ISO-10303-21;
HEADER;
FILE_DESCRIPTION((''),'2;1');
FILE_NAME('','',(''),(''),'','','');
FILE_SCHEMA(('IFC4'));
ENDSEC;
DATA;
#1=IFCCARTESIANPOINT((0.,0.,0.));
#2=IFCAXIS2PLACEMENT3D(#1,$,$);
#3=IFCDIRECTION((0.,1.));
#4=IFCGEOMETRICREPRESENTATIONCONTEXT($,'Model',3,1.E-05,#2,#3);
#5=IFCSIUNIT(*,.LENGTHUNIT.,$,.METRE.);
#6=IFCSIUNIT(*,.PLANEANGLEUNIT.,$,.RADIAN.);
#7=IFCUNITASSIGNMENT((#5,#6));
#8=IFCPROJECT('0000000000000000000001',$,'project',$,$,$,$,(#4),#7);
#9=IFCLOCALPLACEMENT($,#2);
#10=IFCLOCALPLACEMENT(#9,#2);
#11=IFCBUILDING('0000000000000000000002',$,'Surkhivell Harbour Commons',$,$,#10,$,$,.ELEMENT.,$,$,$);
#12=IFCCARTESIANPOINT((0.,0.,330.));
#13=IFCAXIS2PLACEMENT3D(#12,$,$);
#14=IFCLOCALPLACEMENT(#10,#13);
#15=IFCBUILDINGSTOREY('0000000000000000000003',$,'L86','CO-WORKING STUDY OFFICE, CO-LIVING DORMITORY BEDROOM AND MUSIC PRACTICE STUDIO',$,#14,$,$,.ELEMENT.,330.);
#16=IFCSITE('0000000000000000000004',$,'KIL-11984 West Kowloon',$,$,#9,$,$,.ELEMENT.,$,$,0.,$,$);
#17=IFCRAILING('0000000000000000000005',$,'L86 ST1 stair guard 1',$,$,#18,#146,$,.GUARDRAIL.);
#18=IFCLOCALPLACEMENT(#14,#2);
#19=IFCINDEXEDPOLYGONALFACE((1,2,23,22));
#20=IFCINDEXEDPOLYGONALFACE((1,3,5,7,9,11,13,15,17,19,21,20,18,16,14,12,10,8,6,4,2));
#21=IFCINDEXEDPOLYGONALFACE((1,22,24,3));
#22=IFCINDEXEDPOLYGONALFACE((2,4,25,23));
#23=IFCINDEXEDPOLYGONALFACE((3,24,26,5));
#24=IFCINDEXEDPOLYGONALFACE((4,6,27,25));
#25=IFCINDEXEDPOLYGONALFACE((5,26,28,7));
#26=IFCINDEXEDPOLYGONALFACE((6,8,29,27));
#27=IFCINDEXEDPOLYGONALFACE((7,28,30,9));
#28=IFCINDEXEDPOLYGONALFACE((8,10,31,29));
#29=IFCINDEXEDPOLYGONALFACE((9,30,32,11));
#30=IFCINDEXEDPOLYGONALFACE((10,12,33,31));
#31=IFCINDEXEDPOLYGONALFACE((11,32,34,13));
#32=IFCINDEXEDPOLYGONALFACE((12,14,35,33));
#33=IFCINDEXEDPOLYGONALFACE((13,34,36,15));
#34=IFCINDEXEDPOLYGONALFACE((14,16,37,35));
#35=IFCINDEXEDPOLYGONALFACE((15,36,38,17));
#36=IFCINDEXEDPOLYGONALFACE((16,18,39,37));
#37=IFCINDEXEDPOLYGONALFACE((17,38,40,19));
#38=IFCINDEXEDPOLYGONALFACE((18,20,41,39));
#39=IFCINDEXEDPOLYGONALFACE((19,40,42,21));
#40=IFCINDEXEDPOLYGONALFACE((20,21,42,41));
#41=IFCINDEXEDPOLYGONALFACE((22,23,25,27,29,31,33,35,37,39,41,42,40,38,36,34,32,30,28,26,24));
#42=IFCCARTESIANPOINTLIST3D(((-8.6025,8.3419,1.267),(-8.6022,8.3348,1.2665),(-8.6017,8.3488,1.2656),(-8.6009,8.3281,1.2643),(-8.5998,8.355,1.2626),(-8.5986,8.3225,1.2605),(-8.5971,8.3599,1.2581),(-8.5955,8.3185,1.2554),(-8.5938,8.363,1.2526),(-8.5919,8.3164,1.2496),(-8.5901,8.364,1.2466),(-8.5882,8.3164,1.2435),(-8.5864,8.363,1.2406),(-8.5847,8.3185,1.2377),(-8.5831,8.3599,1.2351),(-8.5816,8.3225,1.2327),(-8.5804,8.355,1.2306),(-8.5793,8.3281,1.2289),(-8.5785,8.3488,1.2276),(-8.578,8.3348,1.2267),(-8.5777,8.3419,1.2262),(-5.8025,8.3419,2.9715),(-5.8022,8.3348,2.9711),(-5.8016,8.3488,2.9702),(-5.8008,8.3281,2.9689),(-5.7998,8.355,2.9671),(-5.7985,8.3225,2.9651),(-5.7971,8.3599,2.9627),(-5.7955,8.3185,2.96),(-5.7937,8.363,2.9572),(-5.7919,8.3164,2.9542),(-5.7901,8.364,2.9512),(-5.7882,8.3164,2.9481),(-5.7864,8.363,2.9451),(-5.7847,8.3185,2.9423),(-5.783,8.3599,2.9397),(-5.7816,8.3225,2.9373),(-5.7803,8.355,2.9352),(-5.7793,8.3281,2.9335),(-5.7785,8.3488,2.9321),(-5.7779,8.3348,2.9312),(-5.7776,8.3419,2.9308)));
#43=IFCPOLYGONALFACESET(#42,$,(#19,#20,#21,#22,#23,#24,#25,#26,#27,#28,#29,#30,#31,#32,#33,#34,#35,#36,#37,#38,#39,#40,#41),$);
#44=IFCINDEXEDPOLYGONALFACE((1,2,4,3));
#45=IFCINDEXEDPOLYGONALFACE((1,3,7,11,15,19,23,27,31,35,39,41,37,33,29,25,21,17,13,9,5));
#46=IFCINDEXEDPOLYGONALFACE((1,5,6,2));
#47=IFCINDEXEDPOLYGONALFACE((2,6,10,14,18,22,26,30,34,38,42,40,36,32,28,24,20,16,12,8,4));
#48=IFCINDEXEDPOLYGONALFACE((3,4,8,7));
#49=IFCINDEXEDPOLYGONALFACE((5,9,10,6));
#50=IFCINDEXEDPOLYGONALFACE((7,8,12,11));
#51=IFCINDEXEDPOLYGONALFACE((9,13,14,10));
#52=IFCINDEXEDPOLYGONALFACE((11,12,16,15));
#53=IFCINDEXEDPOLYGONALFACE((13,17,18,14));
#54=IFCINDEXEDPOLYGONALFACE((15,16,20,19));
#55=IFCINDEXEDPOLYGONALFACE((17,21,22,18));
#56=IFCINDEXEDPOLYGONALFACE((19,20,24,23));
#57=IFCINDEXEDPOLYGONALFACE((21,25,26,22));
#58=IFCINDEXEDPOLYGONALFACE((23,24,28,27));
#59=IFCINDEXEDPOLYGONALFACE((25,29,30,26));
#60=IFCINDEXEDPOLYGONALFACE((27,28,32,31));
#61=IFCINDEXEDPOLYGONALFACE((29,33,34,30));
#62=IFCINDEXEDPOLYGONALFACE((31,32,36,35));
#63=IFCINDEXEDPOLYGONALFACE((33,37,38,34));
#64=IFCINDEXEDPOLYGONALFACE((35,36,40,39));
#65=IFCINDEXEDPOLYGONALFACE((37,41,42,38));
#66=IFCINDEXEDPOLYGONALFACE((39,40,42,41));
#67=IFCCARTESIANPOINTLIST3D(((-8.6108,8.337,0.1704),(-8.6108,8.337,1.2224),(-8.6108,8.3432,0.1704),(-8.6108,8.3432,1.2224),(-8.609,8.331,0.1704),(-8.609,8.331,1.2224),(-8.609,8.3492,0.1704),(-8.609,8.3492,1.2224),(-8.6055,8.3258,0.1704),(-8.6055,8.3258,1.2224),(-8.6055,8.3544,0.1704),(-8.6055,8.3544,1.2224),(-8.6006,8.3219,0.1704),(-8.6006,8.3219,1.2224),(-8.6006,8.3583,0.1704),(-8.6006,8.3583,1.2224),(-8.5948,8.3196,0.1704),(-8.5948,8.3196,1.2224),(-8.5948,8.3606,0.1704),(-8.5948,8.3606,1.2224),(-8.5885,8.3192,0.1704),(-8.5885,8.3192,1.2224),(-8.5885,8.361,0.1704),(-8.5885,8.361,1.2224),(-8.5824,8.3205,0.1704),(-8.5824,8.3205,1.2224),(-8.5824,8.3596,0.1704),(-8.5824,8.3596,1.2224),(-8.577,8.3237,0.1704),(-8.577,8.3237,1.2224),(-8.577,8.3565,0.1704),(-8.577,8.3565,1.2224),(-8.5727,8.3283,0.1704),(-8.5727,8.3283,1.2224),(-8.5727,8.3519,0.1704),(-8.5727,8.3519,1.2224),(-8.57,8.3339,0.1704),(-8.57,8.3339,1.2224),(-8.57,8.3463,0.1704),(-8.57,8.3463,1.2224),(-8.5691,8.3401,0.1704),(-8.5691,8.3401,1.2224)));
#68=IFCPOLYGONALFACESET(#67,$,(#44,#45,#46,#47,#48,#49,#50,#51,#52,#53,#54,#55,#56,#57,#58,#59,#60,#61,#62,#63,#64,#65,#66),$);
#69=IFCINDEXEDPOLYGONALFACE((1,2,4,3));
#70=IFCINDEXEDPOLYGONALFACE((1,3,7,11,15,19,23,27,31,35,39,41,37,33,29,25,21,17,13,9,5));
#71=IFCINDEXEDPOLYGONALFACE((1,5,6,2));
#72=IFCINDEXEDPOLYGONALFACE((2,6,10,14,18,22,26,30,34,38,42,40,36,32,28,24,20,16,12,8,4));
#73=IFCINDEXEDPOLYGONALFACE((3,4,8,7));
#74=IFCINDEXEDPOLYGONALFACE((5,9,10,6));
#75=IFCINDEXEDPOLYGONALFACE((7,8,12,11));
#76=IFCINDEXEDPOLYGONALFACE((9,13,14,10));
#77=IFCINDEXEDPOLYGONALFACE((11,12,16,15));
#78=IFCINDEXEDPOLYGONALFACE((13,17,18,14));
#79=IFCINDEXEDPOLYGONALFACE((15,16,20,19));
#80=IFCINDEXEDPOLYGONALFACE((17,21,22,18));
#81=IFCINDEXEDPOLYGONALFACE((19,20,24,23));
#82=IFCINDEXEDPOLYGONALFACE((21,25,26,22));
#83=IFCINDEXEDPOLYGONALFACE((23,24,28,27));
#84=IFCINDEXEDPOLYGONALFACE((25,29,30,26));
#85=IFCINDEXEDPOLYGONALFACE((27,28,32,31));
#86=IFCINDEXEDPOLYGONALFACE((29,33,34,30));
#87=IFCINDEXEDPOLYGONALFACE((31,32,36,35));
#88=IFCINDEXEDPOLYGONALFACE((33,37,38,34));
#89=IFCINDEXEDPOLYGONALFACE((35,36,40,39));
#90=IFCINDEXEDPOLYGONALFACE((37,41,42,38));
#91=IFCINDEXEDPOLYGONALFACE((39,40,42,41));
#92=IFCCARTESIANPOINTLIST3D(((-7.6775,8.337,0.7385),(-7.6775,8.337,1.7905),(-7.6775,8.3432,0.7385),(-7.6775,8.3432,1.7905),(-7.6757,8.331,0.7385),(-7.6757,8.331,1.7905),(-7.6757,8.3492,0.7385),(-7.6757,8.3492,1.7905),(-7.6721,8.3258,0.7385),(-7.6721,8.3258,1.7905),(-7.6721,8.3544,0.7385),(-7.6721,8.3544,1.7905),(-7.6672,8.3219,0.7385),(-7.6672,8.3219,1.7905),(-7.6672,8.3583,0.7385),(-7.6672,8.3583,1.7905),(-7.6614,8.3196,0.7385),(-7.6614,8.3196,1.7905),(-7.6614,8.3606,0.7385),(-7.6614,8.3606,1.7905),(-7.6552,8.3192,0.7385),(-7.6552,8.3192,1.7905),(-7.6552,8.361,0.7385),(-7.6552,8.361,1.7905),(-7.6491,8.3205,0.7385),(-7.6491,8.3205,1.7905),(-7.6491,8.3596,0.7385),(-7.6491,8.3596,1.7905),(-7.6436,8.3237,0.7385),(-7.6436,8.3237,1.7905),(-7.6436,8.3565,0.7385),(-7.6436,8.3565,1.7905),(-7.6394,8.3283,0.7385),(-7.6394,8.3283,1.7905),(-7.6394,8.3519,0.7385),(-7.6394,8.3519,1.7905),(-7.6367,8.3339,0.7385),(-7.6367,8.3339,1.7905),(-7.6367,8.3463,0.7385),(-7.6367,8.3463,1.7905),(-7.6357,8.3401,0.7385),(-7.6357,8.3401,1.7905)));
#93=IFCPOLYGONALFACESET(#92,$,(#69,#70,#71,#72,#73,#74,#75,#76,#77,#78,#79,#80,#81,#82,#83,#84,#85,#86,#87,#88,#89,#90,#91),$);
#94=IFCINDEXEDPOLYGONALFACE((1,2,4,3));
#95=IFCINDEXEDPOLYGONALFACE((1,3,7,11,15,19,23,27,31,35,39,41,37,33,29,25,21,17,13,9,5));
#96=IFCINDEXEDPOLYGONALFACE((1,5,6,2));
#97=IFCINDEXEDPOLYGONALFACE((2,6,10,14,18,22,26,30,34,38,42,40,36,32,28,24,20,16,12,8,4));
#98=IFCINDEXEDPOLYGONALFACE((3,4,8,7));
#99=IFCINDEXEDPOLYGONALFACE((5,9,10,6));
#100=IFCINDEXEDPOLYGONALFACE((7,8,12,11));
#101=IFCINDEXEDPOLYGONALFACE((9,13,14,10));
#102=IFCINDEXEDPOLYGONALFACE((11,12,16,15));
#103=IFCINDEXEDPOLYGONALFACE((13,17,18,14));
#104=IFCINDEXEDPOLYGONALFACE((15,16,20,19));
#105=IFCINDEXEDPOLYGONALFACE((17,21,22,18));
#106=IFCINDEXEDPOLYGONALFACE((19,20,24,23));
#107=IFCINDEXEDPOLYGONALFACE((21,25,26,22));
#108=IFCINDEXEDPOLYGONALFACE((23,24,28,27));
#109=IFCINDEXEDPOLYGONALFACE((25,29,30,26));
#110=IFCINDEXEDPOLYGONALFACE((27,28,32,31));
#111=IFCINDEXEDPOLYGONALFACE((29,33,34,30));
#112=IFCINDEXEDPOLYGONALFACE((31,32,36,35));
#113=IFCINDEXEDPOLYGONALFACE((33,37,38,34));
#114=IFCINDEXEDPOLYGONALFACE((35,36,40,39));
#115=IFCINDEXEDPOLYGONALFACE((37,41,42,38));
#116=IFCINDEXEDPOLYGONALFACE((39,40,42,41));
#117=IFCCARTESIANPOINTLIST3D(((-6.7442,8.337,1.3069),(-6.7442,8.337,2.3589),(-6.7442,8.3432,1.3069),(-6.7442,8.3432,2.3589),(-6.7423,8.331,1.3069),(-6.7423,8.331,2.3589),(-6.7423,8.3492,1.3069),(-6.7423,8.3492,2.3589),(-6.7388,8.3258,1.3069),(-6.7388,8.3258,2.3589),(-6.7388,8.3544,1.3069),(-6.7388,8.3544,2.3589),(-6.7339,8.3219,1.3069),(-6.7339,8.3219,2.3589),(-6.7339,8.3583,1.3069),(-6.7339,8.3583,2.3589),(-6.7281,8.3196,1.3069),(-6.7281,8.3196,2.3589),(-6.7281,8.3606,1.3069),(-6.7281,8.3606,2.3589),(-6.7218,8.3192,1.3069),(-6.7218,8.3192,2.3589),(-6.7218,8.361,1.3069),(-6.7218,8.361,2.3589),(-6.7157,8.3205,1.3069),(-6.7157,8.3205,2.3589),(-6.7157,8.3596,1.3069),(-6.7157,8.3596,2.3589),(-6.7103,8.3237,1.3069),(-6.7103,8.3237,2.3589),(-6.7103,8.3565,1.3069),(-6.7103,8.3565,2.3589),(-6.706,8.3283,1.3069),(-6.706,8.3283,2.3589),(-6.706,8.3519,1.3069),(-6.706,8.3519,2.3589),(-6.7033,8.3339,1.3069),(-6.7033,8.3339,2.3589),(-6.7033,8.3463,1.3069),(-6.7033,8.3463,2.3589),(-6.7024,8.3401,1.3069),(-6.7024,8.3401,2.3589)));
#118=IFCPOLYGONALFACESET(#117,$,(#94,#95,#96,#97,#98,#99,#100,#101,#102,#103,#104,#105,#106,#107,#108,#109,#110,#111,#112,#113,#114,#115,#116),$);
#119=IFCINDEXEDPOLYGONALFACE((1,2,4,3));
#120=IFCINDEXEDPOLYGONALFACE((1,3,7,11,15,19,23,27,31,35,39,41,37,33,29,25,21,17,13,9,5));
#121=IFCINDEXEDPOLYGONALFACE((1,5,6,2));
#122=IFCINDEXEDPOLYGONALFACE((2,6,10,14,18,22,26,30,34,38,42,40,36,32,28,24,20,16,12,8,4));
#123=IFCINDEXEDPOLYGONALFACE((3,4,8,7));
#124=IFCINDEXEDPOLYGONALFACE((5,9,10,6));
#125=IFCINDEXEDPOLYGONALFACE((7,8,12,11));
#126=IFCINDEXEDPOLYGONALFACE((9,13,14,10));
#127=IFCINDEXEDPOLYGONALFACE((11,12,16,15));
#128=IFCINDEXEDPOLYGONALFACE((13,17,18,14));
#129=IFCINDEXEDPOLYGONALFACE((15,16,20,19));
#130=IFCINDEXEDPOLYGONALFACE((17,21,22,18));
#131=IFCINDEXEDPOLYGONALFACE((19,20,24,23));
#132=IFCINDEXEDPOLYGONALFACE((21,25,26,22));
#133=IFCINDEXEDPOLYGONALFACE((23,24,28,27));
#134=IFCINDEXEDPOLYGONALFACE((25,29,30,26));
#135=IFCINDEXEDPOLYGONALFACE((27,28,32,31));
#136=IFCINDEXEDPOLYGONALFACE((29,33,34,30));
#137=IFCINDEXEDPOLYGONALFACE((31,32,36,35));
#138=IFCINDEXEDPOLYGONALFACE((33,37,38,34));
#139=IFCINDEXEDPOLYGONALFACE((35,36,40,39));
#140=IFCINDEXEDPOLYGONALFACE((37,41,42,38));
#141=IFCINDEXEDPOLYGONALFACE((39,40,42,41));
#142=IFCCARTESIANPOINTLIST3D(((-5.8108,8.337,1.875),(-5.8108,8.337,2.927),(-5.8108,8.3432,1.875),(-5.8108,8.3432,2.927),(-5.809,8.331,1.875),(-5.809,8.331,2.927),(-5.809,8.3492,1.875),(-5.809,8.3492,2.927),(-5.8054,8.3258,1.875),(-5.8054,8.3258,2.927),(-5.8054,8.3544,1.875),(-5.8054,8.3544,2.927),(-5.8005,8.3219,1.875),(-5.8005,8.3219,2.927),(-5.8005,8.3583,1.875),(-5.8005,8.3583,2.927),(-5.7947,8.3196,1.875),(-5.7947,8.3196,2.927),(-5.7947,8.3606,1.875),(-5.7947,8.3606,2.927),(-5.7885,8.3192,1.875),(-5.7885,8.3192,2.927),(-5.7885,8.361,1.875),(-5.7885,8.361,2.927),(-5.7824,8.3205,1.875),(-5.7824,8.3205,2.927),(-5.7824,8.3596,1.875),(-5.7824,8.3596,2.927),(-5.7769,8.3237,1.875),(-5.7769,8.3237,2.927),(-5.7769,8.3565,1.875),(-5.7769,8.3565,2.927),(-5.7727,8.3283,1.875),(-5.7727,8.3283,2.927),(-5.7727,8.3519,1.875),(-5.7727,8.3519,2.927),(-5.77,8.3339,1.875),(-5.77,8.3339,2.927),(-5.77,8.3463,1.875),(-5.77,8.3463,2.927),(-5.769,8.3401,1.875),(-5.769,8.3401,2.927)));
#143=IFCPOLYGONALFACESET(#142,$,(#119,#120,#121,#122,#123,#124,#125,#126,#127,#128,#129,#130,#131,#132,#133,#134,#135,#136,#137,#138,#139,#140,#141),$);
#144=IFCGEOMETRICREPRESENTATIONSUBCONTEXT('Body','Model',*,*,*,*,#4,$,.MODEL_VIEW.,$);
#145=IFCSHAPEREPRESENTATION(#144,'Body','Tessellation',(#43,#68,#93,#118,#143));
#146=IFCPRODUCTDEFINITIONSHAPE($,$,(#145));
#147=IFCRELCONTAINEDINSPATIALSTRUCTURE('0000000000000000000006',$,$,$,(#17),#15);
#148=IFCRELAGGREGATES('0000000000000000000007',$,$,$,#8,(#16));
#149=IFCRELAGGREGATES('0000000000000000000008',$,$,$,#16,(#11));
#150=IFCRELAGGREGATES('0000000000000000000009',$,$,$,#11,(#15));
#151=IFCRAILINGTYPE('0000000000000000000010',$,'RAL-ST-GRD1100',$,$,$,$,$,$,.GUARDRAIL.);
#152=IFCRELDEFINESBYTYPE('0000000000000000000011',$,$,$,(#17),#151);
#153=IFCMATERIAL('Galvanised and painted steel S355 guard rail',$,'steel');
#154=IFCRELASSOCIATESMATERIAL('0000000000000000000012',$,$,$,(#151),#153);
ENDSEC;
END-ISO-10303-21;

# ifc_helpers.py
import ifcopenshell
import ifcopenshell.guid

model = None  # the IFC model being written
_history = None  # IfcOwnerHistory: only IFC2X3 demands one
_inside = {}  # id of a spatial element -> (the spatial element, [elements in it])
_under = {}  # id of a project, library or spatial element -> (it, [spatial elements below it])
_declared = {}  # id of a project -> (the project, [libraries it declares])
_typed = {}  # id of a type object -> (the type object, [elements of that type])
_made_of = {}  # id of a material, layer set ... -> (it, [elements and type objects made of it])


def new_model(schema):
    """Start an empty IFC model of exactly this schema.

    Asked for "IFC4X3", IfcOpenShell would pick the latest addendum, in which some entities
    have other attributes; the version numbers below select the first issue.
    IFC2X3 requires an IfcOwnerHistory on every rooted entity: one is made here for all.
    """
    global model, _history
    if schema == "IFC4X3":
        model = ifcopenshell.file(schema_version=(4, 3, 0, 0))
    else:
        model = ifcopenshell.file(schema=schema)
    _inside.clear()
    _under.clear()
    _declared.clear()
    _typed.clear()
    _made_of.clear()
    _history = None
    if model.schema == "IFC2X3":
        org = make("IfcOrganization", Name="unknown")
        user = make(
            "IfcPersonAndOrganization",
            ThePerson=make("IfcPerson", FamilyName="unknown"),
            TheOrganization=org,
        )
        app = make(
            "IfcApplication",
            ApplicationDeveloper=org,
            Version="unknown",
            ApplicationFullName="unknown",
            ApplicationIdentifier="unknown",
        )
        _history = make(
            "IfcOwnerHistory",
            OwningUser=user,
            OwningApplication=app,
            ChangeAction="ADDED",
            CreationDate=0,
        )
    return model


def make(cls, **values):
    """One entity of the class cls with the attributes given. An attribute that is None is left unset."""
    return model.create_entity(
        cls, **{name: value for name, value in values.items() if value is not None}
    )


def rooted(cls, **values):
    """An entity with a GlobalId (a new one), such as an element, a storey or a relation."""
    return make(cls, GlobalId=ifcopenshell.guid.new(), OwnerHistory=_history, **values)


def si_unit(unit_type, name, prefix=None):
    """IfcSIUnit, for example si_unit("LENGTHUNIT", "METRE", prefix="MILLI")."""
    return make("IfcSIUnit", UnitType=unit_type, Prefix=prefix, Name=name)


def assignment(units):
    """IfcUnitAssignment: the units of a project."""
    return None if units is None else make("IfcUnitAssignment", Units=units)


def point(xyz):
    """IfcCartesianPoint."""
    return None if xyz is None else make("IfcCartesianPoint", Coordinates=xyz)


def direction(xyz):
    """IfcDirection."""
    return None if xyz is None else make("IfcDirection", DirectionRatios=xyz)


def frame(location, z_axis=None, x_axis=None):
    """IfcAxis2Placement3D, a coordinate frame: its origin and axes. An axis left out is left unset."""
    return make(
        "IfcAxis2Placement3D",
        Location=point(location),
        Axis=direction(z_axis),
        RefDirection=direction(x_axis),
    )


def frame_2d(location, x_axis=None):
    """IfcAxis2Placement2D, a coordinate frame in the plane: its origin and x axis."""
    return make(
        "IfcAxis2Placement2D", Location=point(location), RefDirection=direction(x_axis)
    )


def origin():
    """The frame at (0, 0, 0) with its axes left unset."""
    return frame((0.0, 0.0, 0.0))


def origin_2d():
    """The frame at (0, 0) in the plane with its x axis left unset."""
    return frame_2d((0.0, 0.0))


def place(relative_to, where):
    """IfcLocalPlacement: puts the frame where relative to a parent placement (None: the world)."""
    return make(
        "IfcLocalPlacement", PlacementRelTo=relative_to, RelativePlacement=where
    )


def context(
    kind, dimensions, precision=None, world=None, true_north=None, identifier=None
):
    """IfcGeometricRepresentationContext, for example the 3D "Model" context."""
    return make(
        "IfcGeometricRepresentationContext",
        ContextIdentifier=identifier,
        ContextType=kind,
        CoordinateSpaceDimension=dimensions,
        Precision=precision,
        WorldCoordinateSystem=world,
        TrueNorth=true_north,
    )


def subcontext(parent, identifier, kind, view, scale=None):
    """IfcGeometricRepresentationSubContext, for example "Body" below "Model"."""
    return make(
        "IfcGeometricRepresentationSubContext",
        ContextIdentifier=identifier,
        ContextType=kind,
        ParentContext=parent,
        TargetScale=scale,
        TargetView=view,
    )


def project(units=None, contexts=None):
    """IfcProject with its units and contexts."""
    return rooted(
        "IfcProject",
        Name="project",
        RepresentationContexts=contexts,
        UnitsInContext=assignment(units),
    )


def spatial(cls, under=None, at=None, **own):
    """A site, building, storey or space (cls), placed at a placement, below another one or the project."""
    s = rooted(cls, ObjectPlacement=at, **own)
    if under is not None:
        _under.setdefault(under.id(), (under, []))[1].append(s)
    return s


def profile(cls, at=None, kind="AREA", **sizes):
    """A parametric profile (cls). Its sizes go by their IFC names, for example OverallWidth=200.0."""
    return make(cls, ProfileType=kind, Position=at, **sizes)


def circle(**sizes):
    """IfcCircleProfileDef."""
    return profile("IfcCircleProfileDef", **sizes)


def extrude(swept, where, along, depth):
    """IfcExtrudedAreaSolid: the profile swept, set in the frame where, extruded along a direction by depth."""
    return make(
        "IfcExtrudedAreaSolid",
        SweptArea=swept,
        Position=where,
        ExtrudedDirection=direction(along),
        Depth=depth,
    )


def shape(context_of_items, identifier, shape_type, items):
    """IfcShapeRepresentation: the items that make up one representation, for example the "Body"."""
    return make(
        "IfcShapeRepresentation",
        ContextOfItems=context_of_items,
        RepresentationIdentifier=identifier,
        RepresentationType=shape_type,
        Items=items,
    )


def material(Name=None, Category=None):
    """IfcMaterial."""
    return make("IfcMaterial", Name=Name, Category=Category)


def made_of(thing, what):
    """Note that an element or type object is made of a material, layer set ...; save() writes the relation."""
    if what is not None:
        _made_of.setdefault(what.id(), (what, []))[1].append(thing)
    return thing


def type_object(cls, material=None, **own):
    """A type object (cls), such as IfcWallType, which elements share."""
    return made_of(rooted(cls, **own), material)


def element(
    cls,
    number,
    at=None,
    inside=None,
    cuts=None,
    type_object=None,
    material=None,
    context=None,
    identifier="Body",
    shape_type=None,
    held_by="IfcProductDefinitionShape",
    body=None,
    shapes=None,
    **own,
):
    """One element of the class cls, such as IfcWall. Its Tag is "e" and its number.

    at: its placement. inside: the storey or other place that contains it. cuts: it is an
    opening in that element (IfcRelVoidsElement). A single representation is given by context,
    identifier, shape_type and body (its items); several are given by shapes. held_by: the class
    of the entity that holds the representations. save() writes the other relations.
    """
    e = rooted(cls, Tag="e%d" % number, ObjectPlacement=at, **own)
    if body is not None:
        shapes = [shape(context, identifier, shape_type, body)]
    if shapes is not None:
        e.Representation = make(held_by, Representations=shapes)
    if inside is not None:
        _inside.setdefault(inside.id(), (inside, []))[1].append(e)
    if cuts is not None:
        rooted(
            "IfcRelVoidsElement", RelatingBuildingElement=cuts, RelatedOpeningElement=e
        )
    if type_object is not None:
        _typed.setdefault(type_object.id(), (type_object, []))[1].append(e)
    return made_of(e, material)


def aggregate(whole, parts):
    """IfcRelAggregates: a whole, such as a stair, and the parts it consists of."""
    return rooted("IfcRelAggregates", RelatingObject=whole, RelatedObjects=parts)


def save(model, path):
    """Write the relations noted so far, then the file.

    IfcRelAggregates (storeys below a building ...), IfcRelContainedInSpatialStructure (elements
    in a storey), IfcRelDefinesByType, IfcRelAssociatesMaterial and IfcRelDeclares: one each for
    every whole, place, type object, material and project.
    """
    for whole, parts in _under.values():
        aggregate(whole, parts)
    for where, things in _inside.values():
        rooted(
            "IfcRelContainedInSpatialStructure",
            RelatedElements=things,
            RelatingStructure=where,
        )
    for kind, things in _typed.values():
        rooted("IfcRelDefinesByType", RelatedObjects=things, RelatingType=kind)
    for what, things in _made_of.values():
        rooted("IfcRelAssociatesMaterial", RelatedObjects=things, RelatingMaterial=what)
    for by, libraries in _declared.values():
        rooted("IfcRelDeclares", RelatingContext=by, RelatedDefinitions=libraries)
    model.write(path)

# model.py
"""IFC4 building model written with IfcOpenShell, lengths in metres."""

from ifc_helpers import new_model, si_unit, direction, frame, origin, origin_2d, place, context, subcontext, project, spatial, circle, extrude, material, type_object, element, save


model = new_model("IFC4")

# Units and contexts
model_context = context("Model", 3, precision=1e-05, world=origin(), true_north=direction((0.0, 1.0)))
body_context = subcontext(model_context, "Body", "Model", "MODEL_VIEW")
ifc_project = project(units=[si_unit("LENGTHUNIT", "METRE"), si_unit("PLANEANGLEUNIT", "RADIAN")], contexts=[model_context])

# Site, building, storey
site_placement = place(None, origin())
site = spatial("IfcSite", under=ifc_project, at=site_placement, Name="KIL-11984 West Kowloon", CompositionType="ELEMENT", RefElevation=0.0)
building_placement = place(site_placement, origin())
building = spatial("IfcBuilding", under=site, at=building_placement, Name="Surkhivell Harbour Commons", CompositionType="ELEMENT")
storey_placement = place(building_placement, frame((0.0, 0.0, 330.0)))
storey = spatial("IfcBuildingStorey", under=building, at=storey_placement, Name="L86", Description="CO-WORKING STUDY OFFICE, CO-LIVING DORMITORY BEDROOM AND MUSIC PRACTICE STUDIO", CompositionType="ELEMENT", Elevation=330.0)

# Railing
ifc_material_1 = material(Name="Galvanised and painted steel S355 guard rail", Category="steel")
railing_type_1 = type_object("IfcRailingType", Name="RAL-ST-GRD1100", PredefinedType="GUARDRAIL", material=ifc_material_1)
railing_1_placement = place(storey_placement, frame((-8.5901, 8.3401, 0.1704)))
element("IfcRailing", 1, at=railing_1_placement, inside=storey, type_object=railing_type_1, Name="L86 ST1 stair guard 1", PredefinedType="GUARDRAIL", context=body_context, shape_type="SweptSolid", body=[
    extrude(circle(Radius=0.0239, at=origin_2d()), frame((0.0, 0.0, 1.0762), z_axis=(0.85417, 0.0, 0.519994), x_axis=(0.0, 1.0, 0.0)), (0.0, 0.0, 1.0), 3.2781),
    extrude(circle(Radius=0.021, at=origin_2d()), origin(), (0.0, 0.0, 1.0), 1.052),
    extrude(circle(Radius=0.021, at=origin_2d()), frame((0.9333, 0.0, 0.5681)), (0.0, 0.0, 1.0), 1.052),
    extrude(circle(Radius=0.021, at=origin_2d()), frame((1.8667, 0.0, 1.1365)), (0.0, 0.0, 1.0), 1.052),
    extrude(circle(Radius=0.021, at=origin_2d()), frame((2.8, 0.0, 1.7046)), (0.0, 0.0, 1.0), 1.052),
])

save(model, "model.ifc")
